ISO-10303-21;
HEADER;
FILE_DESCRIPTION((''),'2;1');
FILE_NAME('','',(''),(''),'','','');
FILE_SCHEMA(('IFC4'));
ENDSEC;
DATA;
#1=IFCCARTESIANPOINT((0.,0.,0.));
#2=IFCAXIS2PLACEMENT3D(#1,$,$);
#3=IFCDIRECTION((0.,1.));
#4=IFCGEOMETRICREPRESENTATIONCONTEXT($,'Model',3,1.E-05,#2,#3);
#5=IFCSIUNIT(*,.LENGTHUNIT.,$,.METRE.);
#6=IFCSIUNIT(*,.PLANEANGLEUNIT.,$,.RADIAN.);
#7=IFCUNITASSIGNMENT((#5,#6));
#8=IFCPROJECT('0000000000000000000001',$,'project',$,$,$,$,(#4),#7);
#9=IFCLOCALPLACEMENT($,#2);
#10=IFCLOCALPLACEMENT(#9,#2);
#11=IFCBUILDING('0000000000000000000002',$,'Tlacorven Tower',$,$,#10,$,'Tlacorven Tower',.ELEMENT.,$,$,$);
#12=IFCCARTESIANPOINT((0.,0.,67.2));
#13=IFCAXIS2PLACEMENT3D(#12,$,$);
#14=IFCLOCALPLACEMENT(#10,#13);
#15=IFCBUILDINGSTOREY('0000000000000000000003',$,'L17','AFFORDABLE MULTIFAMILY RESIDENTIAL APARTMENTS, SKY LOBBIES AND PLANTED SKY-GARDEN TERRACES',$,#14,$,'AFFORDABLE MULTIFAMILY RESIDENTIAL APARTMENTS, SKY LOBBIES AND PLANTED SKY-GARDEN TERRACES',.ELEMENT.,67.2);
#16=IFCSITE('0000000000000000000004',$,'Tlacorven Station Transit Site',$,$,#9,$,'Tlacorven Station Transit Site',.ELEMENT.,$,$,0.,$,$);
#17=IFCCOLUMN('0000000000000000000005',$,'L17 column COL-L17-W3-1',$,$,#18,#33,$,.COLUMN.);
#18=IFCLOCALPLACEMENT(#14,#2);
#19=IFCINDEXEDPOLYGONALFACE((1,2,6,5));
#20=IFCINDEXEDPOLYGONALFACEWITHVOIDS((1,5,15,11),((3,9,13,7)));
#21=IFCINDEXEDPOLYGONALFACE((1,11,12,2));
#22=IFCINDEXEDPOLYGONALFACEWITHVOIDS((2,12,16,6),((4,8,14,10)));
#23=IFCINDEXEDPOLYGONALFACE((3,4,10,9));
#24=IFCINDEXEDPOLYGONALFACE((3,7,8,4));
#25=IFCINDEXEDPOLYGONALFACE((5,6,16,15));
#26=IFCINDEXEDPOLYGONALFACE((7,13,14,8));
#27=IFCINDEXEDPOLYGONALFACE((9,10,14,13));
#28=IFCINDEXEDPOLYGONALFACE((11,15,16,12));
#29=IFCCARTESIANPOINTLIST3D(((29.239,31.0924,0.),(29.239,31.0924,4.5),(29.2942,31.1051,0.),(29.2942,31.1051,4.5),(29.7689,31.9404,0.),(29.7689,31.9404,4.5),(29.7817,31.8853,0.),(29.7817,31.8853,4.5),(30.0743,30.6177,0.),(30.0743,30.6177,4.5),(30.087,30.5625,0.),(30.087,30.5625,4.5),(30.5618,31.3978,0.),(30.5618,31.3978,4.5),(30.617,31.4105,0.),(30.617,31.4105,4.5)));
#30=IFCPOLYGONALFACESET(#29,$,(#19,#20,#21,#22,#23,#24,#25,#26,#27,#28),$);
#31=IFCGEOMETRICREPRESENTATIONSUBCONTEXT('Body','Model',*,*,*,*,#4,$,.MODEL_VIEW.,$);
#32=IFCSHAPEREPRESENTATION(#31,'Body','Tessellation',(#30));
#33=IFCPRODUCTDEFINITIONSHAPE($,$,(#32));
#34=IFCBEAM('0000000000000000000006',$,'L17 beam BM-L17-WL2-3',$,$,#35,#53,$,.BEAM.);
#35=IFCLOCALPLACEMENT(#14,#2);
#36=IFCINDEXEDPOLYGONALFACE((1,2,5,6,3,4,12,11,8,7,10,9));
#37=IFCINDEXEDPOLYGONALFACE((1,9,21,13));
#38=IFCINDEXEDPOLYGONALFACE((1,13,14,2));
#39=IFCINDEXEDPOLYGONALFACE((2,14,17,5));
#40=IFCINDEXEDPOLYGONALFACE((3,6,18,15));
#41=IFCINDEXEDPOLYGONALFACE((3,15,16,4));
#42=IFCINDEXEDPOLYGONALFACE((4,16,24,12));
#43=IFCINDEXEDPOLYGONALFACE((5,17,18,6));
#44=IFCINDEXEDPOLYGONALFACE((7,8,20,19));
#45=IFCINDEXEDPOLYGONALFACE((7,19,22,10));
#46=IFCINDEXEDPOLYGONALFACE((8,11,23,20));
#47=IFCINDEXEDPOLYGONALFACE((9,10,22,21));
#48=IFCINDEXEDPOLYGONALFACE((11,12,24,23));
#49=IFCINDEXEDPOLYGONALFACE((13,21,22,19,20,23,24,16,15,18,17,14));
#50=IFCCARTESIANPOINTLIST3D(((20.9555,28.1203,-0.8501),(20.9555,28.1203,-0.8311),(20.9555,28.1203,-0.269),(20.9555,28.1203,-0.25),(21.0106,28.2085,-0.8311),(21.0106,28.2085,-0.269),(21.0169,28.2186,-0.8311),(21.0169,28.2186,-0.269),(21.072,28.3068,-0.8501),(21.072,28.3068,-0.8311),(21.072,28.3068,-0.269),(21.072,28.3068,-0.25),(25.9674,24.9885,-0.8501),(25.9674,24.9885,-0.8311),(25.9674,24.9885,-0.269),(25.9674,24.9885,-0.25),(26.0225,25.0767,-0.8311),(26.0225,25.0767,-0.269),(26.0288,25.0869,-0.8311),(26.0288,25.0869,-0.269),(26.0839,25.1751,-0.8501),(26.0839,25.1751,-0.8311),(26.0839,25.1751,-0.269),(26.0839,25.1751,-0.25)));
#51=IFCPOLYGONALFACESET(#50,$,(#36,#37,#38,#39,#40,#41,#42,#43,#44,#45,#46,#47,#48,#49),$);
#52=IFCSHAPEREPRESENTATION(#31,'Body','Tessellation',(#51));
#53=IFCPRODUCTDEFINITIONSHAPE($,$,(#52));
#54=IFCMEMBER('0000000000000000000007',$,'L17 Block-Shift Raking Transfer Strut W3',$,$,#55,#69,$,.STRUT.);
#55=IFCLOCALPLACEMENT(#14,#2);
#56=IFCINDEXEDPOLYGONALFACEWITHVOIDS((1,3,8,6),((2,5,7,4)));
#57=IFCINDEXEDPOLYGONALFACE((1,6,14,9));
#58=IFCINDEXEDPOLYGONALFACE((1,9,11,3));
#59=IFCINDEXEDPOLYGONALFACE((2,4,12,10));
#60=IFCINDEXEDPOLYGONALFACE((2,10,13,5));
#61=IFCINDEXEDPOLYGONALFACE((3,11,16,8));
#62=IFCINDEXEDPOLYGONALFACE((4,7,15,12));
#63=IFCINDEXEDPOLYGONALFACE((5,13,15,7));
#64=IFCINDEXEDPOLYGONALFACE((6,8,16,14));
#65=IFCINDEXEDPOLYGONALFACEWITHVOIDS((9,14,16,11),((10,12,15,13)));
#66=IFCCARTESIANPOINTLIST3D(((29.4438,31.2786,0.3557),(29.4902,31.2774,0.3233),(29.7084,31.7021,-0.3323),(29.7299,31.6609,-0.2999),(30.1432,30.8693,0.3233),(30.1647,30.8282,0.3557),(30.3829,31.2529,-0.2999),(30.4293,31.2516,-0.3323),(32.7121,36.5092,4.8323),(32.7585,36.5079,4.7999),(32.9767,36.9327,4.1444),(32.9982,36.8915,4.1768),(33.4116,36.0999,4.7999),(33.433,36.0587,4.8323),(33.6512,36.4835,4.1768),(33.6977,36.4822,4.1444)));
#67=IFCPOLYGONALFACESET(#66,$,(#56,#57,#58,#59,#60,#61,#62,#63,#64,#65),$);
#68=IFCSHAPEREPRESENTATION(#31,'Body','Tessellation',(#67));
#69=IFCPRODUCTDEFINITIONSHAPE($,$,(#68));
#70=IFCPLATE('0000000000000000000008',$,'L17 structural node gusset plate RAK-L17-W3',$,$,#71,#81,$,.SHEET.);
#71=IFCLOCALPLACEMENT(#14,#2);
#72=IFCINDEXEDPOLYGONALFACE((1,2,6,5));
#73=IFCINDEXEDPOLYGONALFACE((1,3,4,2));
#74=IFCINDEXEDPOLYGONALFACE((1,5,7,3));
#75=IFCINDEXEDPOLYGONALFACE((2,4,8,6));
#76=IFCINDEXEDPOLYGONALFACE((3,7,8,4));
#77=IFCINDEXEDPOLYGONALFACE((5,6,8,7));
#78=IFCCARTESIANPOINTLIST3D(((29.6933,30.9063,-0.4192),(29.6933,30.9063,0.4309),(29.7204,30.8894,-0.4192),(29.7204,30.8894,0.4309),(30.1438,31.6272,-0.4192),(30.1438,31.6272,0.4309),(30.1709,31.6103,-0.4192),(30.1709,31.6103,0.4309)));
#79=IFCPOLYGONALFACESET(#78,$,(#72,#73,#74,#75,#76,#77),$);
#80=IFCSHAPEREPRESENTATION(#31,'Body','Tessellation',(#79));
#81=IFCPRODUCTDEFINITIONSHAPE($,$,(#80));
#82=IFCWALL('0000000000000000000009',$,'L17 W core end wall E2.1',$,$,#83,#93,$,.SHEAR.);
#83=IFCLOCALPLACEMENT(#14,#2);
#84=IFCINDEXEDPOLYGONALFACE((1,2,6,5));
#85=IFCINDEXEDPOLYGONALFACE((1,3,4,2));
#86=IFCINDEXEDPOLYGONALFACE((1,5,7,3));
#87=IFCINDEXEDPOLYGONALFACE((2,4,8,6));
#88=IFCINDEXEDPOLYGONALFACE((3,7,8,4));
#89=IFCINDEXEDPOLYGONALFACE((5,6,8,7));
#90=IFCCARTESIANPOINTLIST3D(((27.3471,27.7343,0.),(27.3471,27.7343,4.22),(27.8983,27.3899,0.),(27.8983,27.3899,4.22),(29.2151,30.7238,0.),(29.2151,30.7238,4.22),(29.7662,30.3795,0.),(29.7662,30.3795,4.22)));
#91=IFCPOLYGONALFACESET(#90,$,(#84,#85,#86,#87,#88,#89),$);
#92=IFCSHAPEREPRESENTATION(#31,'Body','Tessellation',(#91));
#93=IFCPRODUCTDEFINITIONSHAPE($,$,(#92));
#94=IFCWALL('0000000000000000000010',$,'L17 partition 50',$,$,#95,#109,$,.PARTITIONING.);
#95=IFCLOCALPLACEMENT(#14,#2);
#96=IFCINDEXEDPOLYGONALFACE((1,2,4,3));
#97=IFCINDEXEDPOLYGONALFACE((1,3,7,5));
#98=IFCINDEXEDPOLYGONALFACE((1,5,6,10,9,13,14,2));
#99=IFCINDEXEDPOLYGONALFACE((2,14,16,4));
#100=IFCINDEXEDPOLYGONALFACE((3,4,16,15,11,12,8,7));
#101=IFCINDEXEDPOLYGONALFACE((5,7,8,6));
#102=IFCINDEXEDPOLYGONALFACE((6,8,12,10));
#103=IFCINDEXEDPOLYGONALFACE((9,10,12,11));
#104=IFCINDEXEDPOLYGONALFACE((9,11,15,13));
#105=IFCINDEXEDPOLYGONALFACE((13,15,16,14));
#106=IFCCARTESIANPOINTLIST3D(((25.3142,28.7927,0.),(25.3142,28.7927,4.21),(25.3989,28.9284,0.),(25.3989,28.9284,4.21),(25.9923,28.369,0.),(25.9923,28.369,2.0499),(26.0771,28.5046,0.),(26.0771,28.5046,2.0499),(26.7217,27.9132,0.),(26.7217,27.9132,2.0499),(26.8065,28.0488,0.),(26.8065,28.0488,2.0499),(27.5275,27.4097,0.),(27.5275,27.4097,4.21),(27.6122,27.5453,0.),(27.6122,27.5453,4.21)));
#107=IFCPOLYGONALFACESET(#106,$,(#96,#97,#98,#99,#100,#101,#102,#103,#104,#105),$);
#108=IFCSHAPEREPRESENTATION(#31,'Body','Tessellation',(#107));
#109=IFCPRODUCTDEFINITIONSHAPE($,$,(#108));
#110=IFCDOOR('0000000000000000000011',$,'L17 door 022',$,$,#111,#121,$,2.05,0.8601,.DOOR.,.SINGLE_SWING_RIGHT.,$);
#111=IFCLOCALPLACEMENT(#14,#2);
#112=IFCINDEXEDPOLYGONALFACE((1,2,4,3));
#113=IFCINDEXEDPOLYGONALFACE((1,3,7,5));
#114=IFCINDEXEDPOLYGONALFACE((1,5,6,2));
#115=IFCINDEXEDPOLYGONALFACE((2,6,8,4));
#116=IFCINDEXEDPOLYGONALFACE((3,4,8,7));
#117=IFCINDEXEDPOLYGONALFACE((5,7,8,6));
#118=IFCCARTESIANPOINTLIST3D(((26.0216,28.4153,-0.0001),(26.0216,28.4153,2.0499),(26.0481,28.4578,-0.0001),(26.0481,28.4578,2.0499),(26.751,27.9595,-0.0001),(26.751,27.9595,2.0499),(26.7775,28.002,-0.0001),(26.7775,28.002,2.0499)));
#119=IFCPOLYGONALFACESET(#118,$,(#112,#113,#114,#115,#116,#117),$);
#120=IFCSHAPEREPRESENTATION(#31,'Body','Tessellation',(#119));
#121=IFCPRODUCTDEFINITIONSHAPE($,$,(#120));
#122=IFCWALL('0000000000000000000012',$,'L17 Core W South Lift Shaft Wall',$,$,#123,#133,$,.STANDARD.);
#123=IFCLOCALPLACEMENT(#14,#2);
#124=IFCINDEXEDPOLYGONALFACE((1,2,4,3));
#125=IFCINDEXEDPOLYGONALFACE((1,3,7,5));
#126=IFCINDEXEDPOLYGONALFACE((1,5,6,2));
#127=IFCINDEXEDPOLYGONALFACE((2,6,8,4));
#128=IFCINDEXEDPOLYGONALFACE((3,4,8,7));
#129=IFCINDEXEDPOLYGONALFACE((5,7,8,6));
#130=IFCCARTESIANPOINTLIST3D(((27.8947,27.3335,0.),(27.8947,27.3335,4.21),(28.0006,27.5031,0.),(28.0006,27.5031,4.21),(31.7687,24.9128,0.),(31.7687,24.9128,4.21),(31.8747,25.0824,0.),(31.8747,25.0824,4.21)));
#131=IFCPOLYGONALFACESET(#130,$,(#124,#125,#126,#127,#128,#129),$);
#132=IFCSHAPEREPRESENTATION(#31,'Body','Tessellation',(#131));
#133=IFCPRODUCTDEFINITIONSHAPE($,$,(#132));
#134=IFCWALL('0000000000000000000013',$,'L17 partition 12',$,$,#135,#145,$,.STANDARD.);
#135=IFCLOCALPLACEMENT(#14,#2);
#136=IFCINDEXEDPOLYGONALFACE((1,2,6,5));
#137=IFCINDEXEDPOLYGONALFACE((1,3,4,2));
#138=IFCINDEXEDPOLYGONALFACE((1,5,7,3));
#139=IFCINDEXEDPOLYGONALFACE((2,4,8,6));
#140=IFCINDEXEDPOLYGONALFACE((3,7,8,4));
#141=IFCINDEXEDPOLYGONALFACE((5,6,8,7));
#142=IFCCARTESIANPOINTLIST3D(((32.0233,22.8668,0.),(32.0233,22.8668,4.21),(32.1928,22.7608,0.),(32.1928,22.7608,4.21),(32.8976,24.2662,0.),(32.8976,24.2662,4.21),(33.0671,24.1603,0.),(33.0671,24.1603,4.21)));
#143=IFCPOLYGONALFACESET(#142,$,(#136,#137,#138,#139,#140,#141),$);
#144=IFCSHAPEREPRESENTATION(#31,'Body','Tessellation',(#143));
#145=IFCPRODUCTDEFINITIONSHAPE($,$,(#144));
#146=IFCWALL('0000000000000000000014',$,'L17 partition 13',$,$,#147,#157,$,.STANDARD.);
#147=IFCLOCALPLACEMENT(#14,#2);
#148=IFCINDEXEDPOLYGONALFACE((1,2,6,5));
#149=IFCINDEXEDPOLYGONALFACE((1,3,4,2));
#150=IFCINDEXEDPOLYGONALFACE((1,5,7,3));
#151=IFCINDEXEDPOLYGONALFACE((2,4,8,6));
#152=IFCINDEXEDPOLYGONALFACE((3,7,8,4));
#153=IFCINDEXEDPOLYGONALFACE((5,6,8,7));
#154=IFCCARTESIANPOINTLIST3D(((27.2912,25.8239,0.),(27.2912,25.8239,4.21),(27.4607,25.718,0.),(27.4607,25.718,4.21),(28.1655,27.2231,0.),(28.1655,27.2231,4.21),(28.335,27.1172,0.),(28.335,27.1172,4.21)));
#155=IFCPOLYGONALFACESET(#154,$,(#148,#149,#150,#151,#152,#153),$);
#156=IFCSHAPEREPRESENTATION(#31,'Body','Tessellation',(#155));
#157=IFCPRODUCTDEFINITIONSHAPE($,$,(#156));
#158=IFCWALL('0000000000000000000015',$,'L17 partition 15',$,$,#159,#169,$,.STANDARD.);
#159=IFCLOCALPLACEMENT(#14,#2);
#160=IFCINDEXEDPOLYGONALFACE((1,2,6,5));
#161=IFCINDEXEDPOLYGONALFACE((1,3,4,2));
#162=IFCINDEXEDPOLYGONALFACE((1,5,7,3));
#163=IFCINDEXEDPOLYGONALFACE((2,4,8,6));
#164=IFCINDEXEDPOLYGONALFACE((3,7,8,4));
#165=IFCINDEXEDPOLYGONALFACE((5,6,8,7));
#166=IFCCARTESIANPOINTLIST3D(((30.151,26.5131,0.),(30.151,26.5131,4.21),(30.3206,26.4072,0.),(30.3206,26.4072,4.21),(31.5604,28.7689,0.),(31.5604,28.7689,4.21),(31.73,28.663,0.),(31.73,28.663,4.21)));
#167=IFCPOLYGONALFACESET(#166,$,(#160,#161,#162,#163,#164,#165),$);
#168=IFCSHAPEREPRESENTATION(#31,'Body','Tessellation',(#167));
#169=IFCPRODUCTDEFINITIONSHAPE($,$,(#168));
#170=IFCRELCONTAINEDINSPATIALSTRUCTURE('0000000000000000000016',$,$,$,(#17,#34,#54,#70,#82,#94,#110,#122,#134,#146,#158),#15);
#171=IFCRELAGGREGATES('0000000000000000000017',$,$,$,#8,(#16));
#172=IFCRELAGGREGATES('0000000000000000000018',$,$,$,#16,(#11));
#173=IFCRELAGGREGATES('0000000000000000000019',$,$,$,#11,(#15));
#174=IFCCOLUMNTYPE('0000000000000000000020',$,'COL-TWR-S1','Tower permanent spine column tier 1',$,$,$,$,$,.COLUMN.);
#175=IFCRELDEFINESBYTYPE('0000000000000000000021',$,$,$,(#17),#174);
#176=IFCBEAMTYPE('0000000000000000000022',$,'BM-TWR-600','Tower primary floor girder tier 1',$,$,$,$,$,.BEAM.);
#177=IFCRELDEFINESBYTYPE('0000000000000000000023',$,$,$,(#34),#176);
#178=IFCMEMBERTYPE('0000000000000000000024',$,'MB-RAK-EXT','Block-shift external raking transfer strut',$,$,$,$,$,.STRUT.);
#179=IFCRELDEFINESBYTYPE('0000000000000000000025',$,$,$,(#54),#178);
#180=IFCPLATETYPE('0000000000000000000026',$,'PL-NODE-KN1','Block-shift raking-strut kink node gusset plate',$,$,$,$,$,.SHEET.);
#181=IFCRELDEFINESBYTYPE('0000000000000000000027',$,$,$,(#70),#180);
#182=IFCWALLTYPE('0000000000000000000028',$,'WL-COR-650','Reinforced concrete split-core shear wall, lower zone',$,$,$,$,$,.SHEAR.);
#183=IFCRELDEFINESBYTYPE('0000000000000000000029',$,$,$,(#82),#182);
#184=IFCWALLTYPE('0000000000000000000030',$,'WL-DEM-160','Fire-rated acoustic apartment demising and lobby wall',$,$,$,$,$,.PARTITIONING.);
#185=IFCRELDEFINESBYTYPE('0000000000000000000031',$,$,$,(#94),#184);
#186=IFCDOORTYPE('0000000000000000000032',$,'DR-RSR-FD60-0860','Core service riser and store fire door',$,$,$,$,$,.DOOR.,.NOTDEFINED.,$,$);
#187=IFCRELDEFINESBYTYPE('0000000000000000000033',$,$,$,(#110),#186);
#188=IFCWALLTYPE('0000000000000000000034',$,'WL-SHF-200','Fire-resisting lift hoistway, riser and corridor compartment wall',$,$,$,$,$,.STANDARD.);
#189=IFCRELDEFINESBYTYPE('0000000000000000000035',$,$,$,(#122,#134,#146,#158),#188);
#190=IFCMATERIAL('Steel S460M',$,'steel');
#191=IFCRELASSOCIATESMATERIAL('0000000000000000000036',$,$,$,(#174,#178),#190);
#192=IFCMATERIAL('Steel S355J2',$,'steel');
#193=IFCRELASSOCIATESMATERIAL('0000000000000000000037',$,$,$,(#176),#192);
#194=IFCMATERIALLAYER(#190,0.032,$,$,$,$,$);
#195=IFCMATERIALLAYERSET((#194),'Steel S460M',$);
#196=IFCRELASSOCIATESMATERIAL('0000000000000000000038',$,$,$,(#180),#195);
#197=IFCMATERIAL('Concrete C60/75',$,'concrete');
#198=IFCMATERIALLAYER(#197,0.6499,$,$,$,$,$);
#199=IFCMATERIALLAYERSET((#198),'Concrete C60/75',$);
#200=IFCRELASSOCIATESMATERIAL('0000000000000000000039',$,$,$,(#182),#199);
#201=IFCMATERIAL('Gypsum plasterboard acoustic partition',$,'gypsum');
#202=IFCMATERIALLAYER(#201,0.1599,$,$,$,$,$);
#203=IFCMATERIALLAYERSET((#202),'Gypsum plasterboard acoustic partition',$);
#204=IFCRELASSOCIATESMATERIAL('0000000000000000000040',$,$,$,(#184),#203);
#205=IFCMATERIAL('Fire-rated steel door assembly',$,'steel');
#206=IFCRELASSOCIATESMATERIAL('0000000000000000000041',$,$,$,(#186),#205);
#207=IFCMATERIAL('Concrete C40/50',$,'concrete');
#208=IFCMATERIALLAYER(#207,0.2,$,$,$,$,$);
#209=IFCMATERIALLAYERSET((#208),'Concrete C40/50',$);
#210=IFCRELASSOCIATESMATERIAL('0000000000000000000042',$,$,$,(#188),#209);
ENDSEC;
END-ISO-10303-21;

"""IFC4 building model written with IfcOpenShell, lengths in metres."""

from ifc_helpers import new_model, si_unit, direction, frame, frame_2d, origin, origin_2d, place, context, subcontext, project, spatial, rectangle, hollow_rectangle, i_section, extrude, source, transform, mapped, material, layer, layer_set, material_profile, profile_set, type_object, element, fill, save


model = new_model("IFC4")

# Units and contexts
model_context = context("Model", 3, precision=1e-05, world=origin(), true_north=direction((0.0, 1.0)))
body_context = subcontext(model_context, "Body", "Model", "MODEL_VIEW")
ifc_project = project(units=[si_unit("LENGTHUNIT", "METRE"), si_unit("PLANEANGLEUNIT", "RADIAN")], contexts=[model_context])

# Site, building, storey
site_placement = place(None, origin())
site = spatial("IfcSite", under=ifc_project, at=site_placement, Name="Tlacorven Station Transit Site", LongName="Tlacorven Station Transit Site", CompositionType="ELEMENT", RefElevation=0.0)
building_placement = place(site_placement, origin())
building = spatial("IfcBuilding", under=site, at=building_placement, Name="Tlacorven Tower", LongName="Tlacorven Tower", CompositionType="ELEMENT")
storey_placement = place(building_placement, frame((0.0, 0.0, 67.2)))
storey = spatial("IfcBuildingStorey", under=building, at=storey_placement, Name="L17", Description="AFFORDABLE MULTIFAMILY RESIDENTIAL APARTMENTS, SKY LOBBIES AND PLANTED SKY-GARDEN TERRACES", LongName="AFFORDABLE MULTIFAMILY RESIDENTIAL APARTMENTS, SKY LOBBIES AND PLANTED SKY-GARDEN TERRACES", CompositionType="ELEMENT", Elevation=67.2)

# Column
ifc_material_1 = material(Name="Steel S460M", Category="steel")
ifc_material_profile_1 = material_profile(ifc_material_1, hollow_rectangle(XDim=1.0, YDim=1.0, WallThickness=0.04, at=origin_2d()), Name="BOX 1000X1000X40")
ifc_profile_set_1 = profile_set([ifc_material_profile_1], Name="Steel S460M")
column_type = type_object("IfcColumnType", Name="COL-TWR-S1", Description="Tower permanent spine column tier 1", PredefinedType="COLUMN", material=ifc_profile_set_1)
shared_shape_1 = source(origin(), body_context, "Body", "SweptSolid", [
    extrude(hollow_rectangle(XDim=1.0, YDim=1.0, WallThickness=0.04, at=origin_2d()), origin(), (0.0, 0.0, 1.0), 4.5),
])
column_placement = place(storey_placement, frame((29.928, 31.2515, 0.0), z_axis=(0.0, 0.0, 1.0), x_axis=(-0.848048, 0.529919, 0.0)))
element("IfcColumn", 1, at=column_placement, inside=storey, type_object=column_type, Name="L17 column COL-L17-W3-1", PredefinedType="COLUMN", context=body_context, shape_type="MappedRepresentation", body=[
    mapped(shared_shape_1, transform((0.0, 0.0, 0.0), scale=1.0)),
])

# Beam
ifc_material_2 = material(Name="Steel S355J2", Category="steel")
ifc_material_profile_2 = material_profile(ifc_material_2, i_section(OverallWidth=0.22, OverallDepth=0.6001, WebThickness=0.012, FlangeThickness=0.019, at=origin_2d()), Name="IPE 600")
ifc_profile_set_2 = profile_set([ifc_material_profile_2], Name="Steel S355J2")
beam_type = type_object("IfcBeamType", Name="BM-TWR-600", Description="Tower primary floor girder tier 1", PredefinedType="BEAM", material=ifc_profile_set_2)
shared_shape_2 = source(origin(), body_context, "Body", "SweptSolid", [
    extrude(i_section(OverallWidth=0.22, OverallDepth=0.6001, WebThickness=0.012, FlangeThickness=0.019, at=origin_2d()), origin(), (0.0, 0.0, 1.0), 5.9099),
])
beam_placement = place(storey_placement, frame((26.0256, 25.0818, -0.55), z_axis=(-0.848047, 0.529921, 0.0), x_axis=(-0.529921, -0.848047, 0.0)))
element("IfcBeam", 2, at=beam_placement, inside=storey, type_object=beam_type, Name="L17 beam BM-L17-WL2-3", PredefinedType="BEAM", context=body_context, shape_type="MappedRepresentation", body=[
    mapped(shared_shape_2, transform((0.0, 0.0, 0.0), scale=1.0)),
])

# Member
ifc_material_profile_3 = material_profile(ifc_material_1, hollow_rectangle(XDim=0.8501, YDim=0.8501, WallThickness=0.04, at=origin_2d()), Name="BOX 850X850X40")
ifc_profile_set_3 = profile_set([ifc_material_profile_3], Name="Steel S460M")
member_type = type_object("IfcMemberType", Name="MB-RAK-EXT", Description="Block-shift external raking transfer strut", PredefinedType="STRUT", material=ifc_profile_set_3)
shared_shape_3 = source(origin(), body_context, "Body", "SweptSolid", [
    extrude(hollow_rectangle(XDim=0.8501, YDim=0.8501, WallThickness=0.04, at=origin_2d()), origin(), (0.0, 0.0, 1.0), 7.6211),
])
member_placement = place(storey_placement, frame((29.9365, 31.2651, 0.0117), z_axis=(0.428857, 0.686325, 0.5874), x_axis=(-0.848052, 0.529914, 0.0)))
element("IfcMember", 3, at=member_placement, inside=storey, type_object=member_type, Name="L17 Block-Shift Raking Transfer Strut W3", PredefinedType="STRUT", context=body_context, shape_type="MappedRepresentation", body=[
    mapped(shared_shape_3, transform((0.0, 0.0, 0.0), scale=1.0)),
])

# Plate
ifc_layer_1 = layer(ifc_material_1, 0.032)
ifc_layer_set_1 = layer_set([ifc_layer_1], Name="Steel S460M")
plate_type = type_object("IfcPlateType", Name="PL-NODE-KN1", Description="Block-shift raking-strut kink node gusset plate", PredefinedType="SHEET", material=ifc_layer_set_1)
shared_shape_4 = source(origin(), body_context, "Body", "SweptSolid", [
    extrude(rectangle(XDim=0.8501, YDim=0.032, at=origin_2d()), origin(), (0.0, 0.0, 1.0), 0.8501),
])
plate_placement = place(storey_placement, frame((29.9321, 31.2583, -0.4192), z_axis=(0.0, 0.0, 1.0), x_axis=(0.529919, 0.848048, 0.0)))
element("IfcPlate", 4, at=plate_placement, inside=storey, type_object=plate_type, Name="L17 structural node gusset plate RAK-L17-W3", PredefinedType="SHEET", context=body_context, shape_type="MappedRepresentation", body=[
    mapped(shared_shape_4, transform((0.0, 0.0, 0.0), scale=1.0)),
])

# Wall
ifc_material_3 = material(Name="Concrete C60/75", Category="concrete")
ifc_layer_2 = layer(ifc_material_3, 0.6499)
ifc_layer_set_2 = layer_set([ifc_layer_2], Name="Concrete C60/75")
wall_type_1 = type_object("IfcWallType", Name="WL-COR-650", Description="Reinforced concrete split-core shear wall, lower zone", PredefinedType="SHEAR", material=ifc_layer_set_2)
wall_1_placement = place(storey_placement, frame((29.4907, 30.5518, 0.0), z_axis=(0.0, 0.0, 1.0), x_axis=(-0.529893, -0.848064, 0.0)))
element("IfcWall", 5, at=wall_1_placement, inside=storey, type_object=wall_type_1, Name="L17 W core end wall E2.1", PredefinedType="SHEAR", context=body_context, shape_type="SweptSolid", body=[
    extrude(rectangle(XDim=3.5251, YDim=0.6499, at=frame_2d((1.7627, 0.0))), origin(), (0.0, 0.0, 1.0), 4.22),
])

# Wall, opening, door
ifc_material_4 = material(Name="Gypsum plasterboard acoustic partition", Category="gypsum")
ifc_layer_3 = layer(ifc_material_4, 0.1599)
ifc_layer_set_3 = layer_set([ifc_layer_3], Name="Gypsum plasterboard acoustic partition")
wall_type_2 = type_object("IfcWallType", Name="WL-DEM-160", Description="Fire-rated acoustic apartment demising and lobby wall", PredefinedType="PARTITIONING", material=ifc_layer_set_3)
wall_2_placement = place(storey_placement, frame((27.5698, 27.4775, 0.0), z_axis=(0.0, 0.0, 1.0), x_axis=(-0.848051, 0.529915, 0.0)))
wall_2 = element("IfcWall", 6, at=wall_2_placement, inside=storey, type_object=wall_type_2, Name="L17 partition 50", PredefinedType="PARTITIONING", context=body_context, shape_type="SweptSolid", body=[
    extrude(rectangle(XDim=2.6099, YDim=0.1599, at=frame_2d((1.3049, 0.0))), origin(), (0.0, 0.0, 1.0), 4.21),
])
opening_1_placement = place(wall_2_placement, frame((0.95, 0.0, 0.0)))
opening_1 = element("IfcOpeningElement", 7, at=opening_1_placement, cuts=wall_2, PredefinedType="OPENING", context=body_context, shape_type="SweptSolid", body=[
    extrude(rectangle(XDim=0.8601, YDim=2.05, at=frame_2d((0.4302, 1.0249))), frame((0.0, 0.0898, 0.0), z_axis=(0.0, -1.0, 0.0), x_axis=(1.0, 0.0, 0.0)), (0.0, 0.0, 1.0), 0.1799),
])
ifc_material_5 = material(Name="Fire-rated steel door assembly", Category="steel")
door_type = type_object("IfcDoorType", Name="DR-RSR-FD60-0860", Description="Core service riser and store fire door", OperationType="NOTDEFINED", PredefinedType="DOOR", material=ifc_material_5)
shared_shape_5 = source(origin(), body_context, "Body", "SweptSolid", [
    extrude(rectangle(XDim=0.8601, YDim=2.05, at=frame_2d((0.4302, 1.0249))), frame((0.0, 0.0249, 0.0), z_axis=(0.0, -1.0, 0.0), x_axis=(1.0, 0.0, 0.0)), (0.0, 0.0, 1.0), 0.05),
])
door_1_placement = place(opening_1_placement, frame((0.8601, 0.0, 0.0), z_axis=(0.0, 0.0, 1.0), x_axis=(-1.0, 0.0, 0.0)))
door_1 = element("IfcDoor", 8, at=door_1_placement, inside=storey, type_object=door_type, Name="L17 door 022", OperationType="SINGLE_SWING_RIGHT", OverallHeight=2.05, OverallWidth=0.8601, PredefinedType="DOOR", context=body_context, shape_type="MappedRepresentation", body=[
    mapped(shared_shape_5, transform((0.0, 0.0, 0.0), scale=1.0)),
])
fill(opening_1, door_1)

# Walls
ifc_material_6 = material(Name="Concrete C40/50", Category="concrete")
ifc_layer_4 = layer(ifc_material_6, 0.2)
ifc_layer_set_4 = layer_set([ifc_layer_4], Name="Concrete C40/50")
wall_type_3 = type_object("IfcWallType", Name="WL-SHF-200", Description="Fire-resisting lift hoistway, riser and corridor compartment wall", PredefinedType="STANDARD", material=ifc_layer_set_4)
wall_3_placement = place(storey_placement, frame((31.8218, 24.9976, 0.0), z_axis=(0.0, 0.0, 1.0), x_axis=(-0.848058, 0.529903, 0.0)))
element("IfcWall", 9, at=wall_3_placement, inside=storey, type_object=wall_type_3, Name="L17 Core W South Lift Shaft Wall", PredefinedType="STANDARD", context=body_context, shape_type="SweptSolid", body=[
    extrude(rectangle(XDim=4.5681, YDim=0.2, at=frame_2d((2.2842, 0.0))), origin(), (0.0, 0.0, 1.0), 4.21),
])
wall_4_placement = place(storey_placement, frame((32.9824, 24.2134, 0.0), z_axis=(0.0, 0.0, 1.0), x_axis=(-0.529839, -0.848098, 0.0)))
element("IfcWall", 10, at=wall_4_placement, inside=storey, type_object=wall_type_3, Name="L17 partition 12", PredefinedType="STANDARD", context=body_context, shape_type="SweptSolid", body=[
    extrude(rectangle(XDim=1.6501, YDim=0.2, at=frame_2d((0.8252, 0.0))), origin(), (0.0, 0.0, 1.0), 4.21),
])
wall_5_placement = place(storey_placement, frame((28.2502, 27.1702, 0.0), z_axis=(0.0, 0.0, 1.0), x_axis=(-0.529906, -0.848056, 0.0)))
element("IfcWall", 11, at=wall_5_placement, inside=storey, type_object=wall_type_3, Name="L17 partition 13", PredefinedType="STANDARD", context=body_context, shape_type="SweptSolid", body=[
    extrude(rectangle(XDim=1.6499, YDim=0.2, at=frame_2d((0.825, 0.0))), origin(), (0.0, 0.0, 1.0), 4.21),
])
wall_6_placement = place(storey_placement, frame((31.6453, 28.7161, 0.0), z_axis=(0.0, 0.0, 1.0), x_axis=(-0.529867, -0.848081, 0.0)))
element("IfcWall", 12, at=wall_6_placement, inside=storey, type_object=wall_type_3, Name="L17 partition 15", PredefinedType="STANDARD", context=body_context, shape_type="SweptSolid", body=[
    extrude(rectangle(XDim=2.6599, YDim=0.2, at=frame_2d((1.3301, 0.0))), origin(), (0.0, 0.0, 1.0), 4.21),
])

save(model, "model.ifc")
